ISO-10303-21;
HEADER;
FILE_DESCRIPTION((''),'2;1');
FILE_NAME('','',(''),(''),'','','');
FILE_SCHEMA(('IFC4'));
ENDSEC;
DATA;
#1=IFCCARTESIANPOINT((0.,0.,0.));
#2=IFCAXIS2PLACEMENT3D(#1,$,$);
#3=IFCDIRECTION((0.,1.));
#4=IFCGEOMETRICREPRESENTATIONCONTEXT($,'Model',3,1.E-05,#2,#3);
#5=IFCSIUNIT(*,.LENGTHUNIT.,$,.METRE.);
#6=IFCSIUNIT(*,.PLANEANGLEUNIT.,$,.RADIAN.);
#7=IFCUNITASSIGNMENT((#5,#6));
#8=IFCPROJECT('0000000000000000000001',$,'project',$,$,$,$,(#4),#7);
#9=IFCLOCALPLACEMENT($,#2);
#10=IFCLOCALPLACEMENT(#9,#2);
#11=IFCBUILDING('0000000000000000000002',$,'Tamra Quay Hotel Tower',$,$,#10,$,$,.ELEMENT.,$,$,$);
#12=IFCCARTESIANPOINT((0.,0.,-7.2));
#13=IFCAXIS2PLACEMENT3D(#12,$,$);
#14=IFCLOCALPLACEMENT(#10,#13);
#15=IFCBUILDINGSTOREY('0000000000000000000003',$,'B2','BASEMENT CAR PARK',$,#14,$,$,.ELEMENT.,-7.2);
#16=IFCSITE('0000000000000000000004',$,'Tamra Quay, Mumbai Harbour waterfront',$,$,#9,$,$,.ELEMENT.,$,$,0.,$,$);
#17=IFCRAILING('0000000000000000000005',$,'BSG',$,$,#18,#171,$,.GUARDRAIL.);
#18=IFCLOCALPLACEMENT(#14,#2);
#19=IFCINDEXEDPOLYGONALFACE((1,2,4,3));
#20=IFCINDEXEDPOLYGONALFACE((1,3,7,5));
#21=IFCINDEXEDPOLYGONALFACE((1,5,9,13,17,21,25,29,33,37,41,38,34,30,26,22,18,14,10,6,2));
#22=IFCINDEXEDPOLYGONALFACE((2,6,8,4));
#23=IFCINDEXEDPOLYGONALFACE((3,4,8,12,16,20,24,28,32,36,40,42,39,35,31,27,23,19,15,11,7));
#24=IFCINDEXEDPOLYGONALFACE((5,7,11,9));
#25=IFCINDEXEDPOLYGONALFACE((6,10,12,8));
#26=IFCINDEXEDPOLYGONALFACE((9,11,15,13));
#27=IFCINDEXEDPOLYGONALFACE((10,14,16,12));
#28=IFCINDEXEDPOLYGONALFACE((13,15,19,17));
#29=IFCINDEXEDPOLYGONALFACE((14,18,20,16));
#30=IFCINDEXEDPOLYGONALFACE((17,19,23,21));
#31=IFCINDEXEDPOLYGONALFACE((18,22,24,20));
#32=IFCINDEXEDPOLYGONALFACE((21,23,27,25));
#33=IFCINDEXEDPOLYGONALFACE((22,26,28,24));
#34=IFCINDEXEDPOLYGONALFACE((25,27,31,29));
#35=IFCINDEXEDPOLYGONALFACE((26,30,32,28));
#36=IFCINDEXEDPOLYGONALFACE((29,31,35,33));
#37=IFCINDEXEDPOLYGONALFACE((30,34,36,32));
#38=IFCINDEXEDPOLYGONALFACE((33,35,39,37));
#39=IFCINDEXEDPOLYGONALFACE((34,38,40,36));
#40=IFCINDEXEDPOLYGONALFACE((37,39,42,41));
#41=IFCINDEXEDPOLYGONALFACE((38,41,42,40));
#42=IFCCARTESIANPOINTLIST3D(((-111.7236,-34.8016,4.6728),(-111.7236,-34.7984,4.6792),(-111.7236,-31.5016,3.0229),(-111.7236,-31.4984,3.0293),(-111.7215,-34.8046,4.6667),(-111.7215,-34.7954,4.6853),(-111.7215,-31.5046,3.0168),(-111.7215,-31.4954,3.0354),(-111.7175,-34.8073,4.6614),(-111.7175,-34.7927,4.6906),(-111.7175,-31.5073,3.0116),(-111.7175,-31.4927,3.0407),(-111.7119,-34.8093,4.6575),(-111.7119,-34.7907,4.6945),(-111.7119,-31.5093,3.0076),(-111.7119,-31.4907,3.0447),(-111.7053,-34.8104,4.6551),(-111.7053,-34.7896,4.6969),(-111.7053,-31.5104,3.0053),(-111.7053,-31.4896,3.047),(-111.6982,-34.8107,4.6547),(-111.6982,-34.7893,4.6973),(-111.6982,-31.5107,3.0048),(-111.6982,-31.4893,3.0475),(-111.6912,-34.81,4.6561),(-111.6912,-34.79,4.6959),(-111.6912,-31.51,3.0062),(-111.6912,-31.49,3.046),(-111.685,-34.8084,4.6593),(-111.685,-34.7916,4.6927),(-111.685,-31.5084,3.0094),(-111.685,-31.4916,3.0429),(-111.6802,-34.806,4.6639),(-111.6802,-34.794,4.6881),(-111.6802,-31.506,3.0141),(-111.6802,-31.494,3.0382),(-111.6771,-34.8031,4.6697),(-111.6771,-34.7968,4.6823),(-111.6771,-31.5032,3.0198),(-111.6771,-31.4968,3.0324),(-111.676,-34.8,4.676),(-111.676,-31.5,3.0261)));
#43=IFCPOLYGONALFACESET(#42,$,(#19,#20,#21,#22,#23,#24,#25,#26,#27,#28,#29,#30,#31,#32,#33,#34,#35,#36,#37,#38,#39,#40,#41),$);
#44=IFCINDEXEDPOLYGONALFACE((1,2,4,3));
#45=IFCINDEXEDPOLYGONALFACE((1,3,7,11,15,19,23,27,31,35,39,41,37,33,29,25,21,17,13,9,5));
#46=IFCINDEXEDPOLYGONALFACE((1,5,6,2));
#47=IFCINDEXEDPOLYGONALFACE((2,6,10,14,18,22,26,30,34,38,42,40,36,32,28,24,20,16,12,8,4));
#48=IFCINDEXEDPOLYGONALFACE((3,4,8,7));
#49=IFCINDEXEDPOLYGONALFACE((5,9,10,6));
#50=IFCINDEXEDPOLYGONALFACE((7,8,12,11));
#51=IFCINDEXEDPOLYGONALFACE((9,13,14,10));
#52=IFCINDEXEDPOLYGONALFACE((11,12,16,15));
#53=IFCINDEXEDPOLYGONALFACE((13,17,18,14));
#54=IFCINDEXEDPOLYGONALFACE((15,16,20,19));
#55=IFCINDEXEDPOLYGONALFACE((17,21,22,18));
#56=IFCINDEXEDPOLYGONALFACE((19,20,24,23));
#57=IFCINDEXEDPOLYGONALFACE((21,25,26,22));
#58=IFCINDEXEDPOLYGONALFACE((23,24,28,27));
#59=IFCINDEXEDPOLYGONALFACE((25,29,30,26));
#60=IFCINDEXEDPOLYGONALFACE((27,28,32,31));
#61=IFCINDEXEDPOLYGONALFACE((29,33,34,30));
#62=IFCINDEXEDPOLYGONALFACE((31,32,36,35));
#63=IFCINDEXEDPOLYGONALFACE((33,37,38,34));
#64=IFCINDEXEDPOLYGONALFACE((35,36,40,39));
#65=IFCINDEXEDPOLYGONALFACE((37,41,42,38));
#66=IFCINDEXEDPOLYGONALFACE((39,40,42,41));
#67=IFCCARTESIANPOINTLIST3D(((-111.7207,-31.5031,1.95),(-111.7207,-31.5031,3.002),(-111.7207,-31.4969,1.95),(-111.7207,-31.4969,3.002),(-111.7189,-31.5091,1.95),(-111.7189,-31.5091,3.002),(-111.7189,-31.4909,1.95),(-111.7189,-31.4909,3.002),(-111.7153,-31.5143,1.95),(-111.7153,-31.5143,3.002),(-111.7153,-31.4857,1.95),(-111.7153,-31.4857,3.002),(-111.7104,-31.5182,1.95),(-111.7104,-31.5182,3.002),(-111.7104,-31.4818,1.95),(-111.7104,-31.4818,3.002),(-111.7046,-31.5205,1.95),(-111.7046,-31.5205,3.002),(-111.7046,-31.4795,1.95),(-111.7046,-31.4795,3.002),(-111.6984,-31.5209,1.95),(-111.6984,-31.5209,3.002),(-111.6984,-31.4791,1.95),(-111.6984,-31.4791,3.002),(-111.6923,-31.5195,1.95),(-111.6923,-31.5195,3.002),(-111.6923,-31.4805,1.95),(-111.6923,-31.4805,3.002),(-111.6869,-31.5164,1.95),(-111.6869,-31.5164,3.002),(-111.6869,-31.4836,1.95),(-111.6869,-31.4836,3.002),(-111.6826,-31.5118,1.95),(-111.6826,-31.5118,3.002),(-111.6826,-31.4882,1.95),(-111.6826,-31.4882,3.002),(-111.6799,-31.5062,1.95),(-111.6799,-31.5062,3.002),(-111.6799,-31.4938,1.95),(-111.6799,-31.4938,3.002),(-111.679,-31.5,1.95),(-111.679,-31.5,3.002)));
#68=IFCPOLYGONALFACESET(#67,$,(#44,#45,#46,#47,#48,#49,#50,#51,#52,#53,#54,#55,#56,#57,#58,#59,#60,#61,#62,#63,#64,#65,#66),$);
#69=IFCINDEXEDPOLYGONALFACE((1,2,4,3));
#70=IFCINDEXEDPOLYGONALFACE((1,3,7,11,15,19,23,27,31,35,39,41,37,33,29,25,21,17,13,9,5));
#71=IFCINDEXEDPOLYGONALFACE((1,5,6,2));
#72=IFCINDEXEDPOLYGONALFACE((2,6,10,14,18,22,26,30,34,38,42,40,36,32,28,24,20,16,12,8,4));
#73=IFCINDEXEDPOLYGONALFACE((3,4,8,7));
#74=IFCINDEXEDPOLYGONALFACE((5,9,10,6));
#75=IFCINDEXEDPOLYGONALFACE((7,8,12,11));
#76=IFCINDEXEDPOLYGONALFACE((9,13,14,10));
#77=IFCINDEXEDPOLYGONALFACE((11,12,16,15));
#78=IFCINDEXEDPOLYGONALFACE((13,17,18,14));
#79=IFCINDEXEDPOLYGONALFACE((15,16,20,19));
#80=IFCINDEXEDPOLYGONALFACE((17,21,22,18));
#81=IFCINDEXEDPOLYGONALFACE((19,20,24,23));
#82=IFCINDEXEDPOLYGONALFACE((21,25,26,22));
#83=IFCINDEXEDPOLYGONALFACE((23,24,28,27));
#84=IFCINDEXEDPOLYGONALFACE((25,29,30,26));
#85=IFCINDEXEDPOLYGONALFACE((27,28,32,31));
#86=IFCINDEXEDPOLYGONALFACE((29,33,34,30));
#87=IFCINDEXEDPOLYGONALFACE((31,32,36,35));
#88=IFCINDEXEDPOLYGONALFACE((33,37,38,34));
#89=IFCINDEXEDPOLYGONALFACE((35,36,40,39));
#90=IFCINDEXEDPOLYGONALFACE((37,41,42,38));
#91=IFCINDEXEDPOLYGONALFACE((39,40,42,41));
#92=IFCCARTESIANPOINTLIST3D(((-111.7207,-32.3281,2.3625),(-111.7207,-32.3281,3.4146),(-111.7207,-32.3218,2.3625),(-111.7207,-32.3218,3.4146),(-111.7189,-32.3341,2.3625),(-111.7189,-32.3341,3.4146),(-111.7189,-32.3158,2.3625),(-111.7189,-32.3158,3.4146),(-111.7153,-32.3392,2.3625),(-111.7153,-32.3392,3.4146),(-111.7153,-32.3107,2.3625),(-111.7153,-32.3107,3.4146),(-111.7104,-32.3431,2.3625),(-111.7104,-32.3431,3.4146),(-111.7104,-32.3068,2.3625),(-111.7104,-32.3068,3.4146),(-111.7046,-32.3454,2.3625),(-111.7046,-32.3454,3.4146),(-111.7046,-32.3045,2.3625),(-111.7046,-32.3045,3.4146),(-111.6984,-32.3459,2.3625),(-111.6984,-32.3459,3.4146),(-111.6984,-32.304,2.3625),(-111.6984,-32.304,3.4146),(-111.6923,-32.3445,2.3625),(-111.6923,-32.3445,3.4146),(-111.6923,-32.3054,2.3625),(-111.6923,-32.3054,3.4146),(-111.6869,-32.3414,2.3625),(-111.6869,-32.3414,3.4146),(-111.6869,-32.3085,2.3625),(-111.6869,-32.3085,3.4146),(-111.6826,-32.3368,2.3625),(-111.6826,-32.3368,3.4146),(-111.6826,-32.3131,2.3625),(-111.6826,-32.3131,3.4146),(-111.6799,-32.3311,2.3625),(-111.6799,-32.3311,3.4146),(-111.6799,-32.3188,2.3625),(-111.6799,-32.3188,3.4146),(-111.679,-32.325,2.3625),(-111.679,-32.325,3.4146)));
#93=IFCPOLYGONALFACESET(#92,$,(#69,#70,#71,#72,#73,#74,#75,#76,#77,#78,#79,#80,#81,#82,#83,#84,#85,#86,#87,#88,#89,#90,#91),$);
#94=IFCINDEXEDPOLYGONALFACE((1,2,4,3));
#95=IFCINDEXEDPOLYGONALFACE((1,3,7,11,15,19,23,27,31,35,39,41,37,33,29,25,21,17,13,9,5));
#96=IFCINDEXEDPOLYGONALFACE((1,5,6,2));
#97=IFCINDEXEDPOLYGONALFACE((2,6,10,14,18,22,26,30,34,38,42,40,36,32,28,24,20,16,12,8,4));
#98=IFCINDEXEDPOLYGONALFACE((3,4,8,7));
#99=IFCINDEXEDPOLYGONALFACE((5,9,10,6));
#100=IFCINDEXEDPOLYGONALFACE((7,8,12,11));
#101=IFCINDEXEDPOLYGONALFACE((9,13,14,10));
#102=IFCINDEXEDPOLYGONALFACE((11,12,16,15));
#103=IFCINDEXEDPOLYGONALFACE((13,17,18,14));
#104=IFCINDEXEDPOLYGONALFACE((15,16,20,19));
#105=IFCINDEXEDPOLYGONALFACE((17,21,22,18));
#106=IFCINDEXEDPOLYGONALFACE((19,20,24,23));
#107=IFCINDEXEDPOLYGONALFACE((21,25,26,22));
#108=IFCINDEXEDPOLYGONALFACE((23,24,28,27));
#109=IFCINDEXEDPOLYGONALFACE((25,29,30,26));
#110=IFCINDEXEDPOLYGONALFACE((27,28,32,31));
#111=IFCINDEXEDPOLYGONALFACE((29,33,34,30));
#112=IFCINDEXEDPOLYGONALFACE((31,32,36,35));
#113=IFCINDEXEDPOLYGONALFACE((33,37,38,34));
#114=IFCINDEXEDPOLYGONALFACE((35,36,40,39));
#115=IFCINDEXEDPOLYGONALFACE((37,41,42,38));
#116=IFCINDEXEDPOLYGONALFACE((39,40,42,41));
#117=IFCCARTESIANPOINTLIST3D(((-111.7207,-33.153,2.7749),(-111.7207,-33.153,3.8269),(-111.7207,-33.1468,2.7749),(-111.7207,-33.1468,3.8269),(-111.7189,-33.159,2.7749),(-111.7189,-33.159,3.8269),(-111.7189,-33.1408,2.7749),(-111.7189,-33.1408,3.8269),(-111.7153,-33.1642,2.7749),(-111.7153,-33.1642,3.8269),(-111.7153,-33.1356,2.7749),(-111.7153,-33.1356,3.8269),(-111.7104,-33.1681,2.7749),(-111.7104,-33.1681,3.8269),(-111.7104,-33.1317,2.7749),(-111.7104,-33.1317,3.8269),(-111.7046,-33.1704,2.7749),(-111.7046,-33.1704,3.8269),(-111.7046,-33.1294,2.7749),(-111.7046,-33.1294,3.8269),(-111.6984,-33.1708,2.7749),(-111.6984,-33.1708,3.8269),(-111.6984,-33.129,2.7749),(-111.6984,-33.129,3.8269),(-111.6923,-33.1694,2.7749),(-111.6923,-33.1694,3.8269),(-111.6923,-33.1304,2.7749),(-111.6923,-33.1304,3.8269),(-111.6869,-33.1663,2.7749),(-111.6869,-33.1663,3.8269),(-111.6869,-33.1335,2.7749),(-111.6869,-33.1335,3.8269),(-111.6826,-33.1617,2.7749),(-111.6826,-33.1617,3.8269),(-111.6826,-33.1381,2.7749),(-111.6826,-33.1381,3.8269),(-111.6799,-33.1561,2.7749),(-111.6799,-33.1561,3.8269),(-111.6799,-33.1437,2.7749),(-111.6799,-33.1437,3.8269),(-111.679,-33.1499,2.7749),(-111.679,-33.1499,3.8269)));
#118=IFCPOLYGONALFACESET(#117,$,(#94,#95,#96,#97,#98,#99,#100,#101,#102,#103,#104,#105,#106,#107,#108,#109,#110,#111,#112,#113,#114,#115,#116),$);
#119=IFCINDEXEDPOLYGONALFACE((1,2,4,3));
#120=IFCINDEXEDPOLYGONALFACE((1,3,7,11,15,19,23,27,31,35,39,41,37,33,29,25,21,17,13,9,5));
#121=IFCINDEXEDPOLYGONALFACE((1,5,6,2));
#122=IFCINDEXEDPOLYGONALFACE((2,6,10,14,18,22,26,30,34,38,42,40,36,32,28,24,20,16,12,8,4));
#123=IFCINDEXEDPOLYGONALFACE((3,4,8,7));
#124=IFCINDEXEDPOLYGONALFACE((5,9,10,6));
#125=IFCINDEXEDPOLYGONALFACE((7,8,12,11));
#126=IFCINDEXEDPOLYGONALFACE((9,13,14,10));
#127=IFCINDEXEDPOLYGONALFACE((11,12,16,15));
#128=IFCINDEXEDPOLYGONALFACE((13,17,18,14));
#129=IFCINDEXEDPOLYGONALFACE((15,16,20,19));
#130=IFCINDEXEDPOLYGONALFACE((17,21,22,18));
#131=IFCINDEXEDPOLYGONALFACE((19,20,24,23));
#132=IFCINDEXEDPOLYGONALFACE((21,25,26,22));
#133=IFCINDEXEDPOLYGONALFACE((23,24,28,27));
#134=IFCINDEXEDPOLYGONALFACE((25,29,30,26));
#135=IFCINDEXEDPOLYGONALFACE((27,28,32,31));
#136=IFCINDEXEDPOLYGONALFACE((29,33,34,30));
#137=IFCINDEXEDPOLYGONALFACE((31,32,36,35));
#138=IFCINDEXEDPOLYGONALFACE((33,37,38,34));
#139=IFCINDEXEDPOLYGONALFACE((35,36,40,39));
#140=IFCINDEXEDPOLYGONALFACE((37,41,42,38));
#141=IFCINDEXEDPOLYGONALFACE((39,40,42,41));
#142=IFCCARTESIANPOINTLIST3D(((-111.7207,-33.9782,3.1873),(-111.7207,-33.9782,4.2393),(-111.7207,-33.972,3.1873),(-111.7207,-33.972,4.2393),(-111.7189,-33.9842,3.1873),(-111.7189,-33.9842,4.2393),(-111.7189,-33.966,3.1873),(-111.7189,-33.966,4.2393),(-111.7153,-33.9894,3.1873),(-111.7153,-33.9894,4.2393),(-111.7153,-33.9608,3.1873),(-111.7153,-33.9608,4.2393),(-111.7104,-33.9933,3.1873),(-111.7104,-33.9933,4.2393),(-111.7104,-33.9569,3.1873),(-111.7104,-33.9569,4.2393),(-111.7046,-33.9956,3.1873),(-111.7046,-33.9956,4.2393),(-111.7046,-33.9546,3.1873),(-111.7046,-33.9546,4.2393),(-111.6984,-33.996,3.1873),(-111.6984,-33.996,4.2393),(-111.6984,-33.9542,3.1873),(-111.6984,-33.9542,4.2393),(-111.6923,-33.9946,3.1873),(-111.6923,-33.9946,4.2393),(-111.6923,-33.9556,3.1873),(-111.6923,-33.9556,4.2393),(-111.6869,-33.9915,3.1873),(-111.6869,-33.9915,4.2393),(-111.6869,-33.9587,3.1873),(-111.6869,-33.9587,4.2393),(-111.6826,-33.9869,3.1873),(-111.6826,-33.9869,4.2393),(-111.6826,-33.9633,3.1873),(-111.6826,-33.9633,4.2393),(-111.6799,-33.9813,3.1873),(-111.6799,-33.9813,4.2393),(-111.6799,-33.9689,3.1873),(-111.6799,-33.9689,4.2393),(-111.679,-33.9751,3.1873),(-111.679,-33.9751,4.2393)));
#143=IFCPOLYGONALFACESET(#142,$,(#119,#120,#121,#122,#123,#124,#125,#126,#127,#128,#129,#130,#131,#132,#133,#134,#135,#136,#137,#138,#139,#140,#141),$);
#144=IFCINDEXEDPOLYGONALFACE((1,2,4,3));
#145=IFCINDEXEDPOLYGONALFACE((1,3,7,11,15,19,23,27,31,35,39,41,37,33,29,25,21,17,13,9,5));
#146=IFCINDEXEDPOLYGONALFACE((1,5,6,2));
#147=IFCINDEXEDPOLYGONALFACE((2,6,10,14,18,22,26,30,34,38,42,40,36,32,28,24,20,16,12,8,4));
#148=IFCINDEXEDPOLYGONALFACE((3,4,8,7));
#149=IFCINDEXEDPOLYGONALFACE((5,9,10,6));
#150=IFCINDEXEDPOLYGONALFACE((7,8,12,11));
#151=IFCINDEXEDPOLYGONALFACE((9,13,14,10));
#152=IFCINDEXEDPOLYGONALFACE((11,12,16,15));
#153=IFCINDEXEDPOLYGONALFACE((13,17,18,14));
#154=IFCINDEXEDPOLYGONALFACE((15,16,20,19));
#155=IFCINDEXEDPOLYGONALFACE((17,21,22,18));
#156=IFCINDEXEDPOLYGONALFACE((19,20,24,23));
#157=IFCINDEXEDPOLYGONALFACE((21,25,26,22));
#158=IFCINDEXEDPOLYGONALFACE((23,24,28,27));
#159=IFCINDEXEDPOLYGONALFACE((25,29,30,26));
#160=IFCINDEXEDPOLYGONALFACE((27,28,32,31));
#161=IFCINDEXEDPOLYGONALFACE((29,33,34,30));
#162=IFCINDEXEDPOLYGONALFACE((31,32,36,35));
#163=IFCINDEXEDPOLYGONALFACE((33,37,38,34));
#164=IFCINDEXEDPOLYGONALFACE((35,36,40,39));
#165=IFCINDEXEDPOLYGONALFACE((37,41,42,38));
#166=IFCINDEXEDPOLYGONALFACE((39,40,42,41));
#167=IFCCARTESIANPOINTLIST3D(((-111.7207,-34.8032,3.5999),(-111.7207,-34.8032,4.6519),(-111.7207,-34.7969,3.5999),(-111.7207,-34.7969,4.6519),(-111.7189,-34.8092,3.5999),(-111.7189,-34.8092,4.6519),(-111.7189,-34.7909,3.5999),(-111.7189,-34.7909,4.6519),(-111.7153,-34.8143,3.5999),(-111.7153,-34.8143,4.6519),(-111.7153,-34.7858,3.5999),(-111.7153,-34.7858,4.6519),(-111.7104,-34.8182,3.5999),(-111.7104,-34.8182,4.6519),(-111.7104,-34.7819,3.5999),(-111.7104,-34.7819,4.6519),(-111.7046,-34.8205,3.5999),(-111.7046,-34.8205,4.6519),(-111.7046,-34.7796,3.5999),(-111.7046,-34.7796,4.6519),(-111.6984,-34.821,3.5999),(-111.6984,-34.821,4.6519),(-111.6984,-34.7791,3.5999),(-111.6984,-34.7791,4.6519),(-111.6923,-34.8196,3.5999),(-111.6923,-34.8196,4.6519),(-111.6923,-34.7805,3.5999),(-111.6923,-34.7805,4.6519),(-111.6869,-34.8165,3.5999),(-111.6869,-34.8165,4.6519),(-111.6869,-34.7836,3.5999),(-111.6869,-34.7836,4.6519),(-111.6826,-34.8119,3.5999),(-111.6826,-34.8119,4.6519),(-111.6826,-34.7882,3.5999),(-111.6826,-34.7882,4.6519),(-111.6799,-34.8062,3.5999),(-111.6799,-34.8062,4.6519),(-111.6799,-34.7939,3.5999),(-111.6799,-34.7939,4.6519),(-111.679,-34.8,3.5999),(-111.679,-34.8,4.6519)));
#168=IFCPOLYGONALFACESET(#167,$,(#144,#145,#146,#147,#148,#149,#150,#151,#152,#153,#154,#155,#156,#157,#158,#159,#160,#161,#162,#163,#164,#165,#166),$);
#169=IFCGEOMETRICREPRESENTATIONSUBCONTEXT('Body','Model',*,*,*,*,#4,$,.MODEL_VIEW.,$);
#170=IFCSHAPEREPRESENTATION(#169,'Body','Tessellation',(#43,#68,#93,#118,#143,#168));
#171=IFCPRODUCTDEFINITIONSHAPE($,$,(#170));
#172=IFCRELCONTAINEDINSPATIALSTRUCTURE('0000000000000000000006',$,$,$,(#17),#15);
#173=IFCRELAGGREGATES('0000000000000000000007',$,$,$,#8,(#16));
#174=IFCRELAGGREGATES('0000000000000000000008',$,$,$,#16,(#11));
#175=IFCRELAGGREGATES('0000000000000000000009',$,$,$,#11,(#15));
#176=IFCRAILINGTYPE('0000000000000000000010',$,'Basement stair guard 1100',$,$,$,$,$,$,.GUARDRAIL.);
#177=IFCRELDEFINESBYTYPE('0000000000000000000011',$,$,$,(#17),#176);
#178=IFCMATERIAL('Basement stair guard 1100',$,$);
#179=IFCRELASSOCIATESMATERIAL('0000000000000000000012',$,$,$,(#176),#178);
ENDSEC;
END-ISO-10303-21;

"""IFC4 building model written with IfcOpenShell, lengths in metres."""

from ifc_helpers import new_model, si_unit, direction, frame, origin, origin_2d, place, context, subcontext, project, spatial, circle, extrude, material, type_object, element, save


model = new_model("IFC4")

# Units and contexts
model_context = context("Model", 3, precision=1e-05, world=origin(), true_north=direction((0.0, 1.0)))
body_context = subcontext(model_context, "Body", "Model", "MODEL_VIEW")
ifc_project = project(units=[si_unit("LENGTHUNIT", "METRE"), si_unit("PLANEANGLEUNIT", "RADIAN")], contexts=[model_context])

# Site, building, storey
site_placement = place(None, origin())
site = spatial("IfcSite", under=ifc_project, at=site_placement, Name="Tamra Quay, Mumbai Harbour waterfront", CompositionType="ELEMENT", RefElevation=0.0)
building_placement = place(site_placement, origin())
building = spatial("IfcBuilding", under=site, at=building_placement, Name="Tamra Quay Hotel Tower", CompositionType="ELEMENT")
storey_placement = place(building_placement, frame((0.0, 0.0, -7.2)))
storey = spatial("IfcBuildingStorey", under=building, at=storey_placement, Name="B2", Description="BASEMENT CAR PARK", CompositionType="ELEMENT", Elevation=-7.2)

# Railing
ifc_material_1 = material(Name="Basement stair guard 1100")
railing_type_1 = type_object("IfcRailingType", Name="Basement stair guard 1100", PredefinedType="GUARDRAIL", material=ifc_material_1)
railing_1_placement = place(storey_placement, frame((-111.7, -31.5, 1.95)))
element("IfcRailing", 1, at=railing_1_placement, inside=storey, type_object=railing_type_1, Name="BSG", PredefinedType="GUARDRAIL", context=body_context, shape_type="SweptSolid", body=[
    extrude(circle(Radius=0.0239, at=origin_2d()), frame((0.0, 0.0, 1.0762), z_axis=(0.0, -0.89444, 0.447187), x_axis=(1.0, 0.0, 0.0)), (0.0, 0.0, 1.0), 3.6895),
    extrude(circle(Radius=0.021, at=origin_2d()), origin(), (0.0, 0.0, 1.0), 1.052),
    extrude(circle(Radius=0.021, at=origin_2d()), frame((0.0, -0.825, 0.4126)), (0.0, 0.0, 1.0), 1.052),
    extrude(circle(Radius=0.021, at=origin_2d()), frame((0.0, -1.6499, 0.825)), (0.0, 0.0, 1.0), 1.052),
    extrude(circle(Radius=0.021, at=origin_2d()), frame((0.0, -2.4751, 1.2373)), (0.0, 0.0, 1.0), 1.052),
    extrude(circle(Radius=0.021, at=origin_2d()), frame((0.0, -3.3, 1.6499)), (0.0, 0.0, 1.0), 1.052),
])

save(model, "model.ifc")
